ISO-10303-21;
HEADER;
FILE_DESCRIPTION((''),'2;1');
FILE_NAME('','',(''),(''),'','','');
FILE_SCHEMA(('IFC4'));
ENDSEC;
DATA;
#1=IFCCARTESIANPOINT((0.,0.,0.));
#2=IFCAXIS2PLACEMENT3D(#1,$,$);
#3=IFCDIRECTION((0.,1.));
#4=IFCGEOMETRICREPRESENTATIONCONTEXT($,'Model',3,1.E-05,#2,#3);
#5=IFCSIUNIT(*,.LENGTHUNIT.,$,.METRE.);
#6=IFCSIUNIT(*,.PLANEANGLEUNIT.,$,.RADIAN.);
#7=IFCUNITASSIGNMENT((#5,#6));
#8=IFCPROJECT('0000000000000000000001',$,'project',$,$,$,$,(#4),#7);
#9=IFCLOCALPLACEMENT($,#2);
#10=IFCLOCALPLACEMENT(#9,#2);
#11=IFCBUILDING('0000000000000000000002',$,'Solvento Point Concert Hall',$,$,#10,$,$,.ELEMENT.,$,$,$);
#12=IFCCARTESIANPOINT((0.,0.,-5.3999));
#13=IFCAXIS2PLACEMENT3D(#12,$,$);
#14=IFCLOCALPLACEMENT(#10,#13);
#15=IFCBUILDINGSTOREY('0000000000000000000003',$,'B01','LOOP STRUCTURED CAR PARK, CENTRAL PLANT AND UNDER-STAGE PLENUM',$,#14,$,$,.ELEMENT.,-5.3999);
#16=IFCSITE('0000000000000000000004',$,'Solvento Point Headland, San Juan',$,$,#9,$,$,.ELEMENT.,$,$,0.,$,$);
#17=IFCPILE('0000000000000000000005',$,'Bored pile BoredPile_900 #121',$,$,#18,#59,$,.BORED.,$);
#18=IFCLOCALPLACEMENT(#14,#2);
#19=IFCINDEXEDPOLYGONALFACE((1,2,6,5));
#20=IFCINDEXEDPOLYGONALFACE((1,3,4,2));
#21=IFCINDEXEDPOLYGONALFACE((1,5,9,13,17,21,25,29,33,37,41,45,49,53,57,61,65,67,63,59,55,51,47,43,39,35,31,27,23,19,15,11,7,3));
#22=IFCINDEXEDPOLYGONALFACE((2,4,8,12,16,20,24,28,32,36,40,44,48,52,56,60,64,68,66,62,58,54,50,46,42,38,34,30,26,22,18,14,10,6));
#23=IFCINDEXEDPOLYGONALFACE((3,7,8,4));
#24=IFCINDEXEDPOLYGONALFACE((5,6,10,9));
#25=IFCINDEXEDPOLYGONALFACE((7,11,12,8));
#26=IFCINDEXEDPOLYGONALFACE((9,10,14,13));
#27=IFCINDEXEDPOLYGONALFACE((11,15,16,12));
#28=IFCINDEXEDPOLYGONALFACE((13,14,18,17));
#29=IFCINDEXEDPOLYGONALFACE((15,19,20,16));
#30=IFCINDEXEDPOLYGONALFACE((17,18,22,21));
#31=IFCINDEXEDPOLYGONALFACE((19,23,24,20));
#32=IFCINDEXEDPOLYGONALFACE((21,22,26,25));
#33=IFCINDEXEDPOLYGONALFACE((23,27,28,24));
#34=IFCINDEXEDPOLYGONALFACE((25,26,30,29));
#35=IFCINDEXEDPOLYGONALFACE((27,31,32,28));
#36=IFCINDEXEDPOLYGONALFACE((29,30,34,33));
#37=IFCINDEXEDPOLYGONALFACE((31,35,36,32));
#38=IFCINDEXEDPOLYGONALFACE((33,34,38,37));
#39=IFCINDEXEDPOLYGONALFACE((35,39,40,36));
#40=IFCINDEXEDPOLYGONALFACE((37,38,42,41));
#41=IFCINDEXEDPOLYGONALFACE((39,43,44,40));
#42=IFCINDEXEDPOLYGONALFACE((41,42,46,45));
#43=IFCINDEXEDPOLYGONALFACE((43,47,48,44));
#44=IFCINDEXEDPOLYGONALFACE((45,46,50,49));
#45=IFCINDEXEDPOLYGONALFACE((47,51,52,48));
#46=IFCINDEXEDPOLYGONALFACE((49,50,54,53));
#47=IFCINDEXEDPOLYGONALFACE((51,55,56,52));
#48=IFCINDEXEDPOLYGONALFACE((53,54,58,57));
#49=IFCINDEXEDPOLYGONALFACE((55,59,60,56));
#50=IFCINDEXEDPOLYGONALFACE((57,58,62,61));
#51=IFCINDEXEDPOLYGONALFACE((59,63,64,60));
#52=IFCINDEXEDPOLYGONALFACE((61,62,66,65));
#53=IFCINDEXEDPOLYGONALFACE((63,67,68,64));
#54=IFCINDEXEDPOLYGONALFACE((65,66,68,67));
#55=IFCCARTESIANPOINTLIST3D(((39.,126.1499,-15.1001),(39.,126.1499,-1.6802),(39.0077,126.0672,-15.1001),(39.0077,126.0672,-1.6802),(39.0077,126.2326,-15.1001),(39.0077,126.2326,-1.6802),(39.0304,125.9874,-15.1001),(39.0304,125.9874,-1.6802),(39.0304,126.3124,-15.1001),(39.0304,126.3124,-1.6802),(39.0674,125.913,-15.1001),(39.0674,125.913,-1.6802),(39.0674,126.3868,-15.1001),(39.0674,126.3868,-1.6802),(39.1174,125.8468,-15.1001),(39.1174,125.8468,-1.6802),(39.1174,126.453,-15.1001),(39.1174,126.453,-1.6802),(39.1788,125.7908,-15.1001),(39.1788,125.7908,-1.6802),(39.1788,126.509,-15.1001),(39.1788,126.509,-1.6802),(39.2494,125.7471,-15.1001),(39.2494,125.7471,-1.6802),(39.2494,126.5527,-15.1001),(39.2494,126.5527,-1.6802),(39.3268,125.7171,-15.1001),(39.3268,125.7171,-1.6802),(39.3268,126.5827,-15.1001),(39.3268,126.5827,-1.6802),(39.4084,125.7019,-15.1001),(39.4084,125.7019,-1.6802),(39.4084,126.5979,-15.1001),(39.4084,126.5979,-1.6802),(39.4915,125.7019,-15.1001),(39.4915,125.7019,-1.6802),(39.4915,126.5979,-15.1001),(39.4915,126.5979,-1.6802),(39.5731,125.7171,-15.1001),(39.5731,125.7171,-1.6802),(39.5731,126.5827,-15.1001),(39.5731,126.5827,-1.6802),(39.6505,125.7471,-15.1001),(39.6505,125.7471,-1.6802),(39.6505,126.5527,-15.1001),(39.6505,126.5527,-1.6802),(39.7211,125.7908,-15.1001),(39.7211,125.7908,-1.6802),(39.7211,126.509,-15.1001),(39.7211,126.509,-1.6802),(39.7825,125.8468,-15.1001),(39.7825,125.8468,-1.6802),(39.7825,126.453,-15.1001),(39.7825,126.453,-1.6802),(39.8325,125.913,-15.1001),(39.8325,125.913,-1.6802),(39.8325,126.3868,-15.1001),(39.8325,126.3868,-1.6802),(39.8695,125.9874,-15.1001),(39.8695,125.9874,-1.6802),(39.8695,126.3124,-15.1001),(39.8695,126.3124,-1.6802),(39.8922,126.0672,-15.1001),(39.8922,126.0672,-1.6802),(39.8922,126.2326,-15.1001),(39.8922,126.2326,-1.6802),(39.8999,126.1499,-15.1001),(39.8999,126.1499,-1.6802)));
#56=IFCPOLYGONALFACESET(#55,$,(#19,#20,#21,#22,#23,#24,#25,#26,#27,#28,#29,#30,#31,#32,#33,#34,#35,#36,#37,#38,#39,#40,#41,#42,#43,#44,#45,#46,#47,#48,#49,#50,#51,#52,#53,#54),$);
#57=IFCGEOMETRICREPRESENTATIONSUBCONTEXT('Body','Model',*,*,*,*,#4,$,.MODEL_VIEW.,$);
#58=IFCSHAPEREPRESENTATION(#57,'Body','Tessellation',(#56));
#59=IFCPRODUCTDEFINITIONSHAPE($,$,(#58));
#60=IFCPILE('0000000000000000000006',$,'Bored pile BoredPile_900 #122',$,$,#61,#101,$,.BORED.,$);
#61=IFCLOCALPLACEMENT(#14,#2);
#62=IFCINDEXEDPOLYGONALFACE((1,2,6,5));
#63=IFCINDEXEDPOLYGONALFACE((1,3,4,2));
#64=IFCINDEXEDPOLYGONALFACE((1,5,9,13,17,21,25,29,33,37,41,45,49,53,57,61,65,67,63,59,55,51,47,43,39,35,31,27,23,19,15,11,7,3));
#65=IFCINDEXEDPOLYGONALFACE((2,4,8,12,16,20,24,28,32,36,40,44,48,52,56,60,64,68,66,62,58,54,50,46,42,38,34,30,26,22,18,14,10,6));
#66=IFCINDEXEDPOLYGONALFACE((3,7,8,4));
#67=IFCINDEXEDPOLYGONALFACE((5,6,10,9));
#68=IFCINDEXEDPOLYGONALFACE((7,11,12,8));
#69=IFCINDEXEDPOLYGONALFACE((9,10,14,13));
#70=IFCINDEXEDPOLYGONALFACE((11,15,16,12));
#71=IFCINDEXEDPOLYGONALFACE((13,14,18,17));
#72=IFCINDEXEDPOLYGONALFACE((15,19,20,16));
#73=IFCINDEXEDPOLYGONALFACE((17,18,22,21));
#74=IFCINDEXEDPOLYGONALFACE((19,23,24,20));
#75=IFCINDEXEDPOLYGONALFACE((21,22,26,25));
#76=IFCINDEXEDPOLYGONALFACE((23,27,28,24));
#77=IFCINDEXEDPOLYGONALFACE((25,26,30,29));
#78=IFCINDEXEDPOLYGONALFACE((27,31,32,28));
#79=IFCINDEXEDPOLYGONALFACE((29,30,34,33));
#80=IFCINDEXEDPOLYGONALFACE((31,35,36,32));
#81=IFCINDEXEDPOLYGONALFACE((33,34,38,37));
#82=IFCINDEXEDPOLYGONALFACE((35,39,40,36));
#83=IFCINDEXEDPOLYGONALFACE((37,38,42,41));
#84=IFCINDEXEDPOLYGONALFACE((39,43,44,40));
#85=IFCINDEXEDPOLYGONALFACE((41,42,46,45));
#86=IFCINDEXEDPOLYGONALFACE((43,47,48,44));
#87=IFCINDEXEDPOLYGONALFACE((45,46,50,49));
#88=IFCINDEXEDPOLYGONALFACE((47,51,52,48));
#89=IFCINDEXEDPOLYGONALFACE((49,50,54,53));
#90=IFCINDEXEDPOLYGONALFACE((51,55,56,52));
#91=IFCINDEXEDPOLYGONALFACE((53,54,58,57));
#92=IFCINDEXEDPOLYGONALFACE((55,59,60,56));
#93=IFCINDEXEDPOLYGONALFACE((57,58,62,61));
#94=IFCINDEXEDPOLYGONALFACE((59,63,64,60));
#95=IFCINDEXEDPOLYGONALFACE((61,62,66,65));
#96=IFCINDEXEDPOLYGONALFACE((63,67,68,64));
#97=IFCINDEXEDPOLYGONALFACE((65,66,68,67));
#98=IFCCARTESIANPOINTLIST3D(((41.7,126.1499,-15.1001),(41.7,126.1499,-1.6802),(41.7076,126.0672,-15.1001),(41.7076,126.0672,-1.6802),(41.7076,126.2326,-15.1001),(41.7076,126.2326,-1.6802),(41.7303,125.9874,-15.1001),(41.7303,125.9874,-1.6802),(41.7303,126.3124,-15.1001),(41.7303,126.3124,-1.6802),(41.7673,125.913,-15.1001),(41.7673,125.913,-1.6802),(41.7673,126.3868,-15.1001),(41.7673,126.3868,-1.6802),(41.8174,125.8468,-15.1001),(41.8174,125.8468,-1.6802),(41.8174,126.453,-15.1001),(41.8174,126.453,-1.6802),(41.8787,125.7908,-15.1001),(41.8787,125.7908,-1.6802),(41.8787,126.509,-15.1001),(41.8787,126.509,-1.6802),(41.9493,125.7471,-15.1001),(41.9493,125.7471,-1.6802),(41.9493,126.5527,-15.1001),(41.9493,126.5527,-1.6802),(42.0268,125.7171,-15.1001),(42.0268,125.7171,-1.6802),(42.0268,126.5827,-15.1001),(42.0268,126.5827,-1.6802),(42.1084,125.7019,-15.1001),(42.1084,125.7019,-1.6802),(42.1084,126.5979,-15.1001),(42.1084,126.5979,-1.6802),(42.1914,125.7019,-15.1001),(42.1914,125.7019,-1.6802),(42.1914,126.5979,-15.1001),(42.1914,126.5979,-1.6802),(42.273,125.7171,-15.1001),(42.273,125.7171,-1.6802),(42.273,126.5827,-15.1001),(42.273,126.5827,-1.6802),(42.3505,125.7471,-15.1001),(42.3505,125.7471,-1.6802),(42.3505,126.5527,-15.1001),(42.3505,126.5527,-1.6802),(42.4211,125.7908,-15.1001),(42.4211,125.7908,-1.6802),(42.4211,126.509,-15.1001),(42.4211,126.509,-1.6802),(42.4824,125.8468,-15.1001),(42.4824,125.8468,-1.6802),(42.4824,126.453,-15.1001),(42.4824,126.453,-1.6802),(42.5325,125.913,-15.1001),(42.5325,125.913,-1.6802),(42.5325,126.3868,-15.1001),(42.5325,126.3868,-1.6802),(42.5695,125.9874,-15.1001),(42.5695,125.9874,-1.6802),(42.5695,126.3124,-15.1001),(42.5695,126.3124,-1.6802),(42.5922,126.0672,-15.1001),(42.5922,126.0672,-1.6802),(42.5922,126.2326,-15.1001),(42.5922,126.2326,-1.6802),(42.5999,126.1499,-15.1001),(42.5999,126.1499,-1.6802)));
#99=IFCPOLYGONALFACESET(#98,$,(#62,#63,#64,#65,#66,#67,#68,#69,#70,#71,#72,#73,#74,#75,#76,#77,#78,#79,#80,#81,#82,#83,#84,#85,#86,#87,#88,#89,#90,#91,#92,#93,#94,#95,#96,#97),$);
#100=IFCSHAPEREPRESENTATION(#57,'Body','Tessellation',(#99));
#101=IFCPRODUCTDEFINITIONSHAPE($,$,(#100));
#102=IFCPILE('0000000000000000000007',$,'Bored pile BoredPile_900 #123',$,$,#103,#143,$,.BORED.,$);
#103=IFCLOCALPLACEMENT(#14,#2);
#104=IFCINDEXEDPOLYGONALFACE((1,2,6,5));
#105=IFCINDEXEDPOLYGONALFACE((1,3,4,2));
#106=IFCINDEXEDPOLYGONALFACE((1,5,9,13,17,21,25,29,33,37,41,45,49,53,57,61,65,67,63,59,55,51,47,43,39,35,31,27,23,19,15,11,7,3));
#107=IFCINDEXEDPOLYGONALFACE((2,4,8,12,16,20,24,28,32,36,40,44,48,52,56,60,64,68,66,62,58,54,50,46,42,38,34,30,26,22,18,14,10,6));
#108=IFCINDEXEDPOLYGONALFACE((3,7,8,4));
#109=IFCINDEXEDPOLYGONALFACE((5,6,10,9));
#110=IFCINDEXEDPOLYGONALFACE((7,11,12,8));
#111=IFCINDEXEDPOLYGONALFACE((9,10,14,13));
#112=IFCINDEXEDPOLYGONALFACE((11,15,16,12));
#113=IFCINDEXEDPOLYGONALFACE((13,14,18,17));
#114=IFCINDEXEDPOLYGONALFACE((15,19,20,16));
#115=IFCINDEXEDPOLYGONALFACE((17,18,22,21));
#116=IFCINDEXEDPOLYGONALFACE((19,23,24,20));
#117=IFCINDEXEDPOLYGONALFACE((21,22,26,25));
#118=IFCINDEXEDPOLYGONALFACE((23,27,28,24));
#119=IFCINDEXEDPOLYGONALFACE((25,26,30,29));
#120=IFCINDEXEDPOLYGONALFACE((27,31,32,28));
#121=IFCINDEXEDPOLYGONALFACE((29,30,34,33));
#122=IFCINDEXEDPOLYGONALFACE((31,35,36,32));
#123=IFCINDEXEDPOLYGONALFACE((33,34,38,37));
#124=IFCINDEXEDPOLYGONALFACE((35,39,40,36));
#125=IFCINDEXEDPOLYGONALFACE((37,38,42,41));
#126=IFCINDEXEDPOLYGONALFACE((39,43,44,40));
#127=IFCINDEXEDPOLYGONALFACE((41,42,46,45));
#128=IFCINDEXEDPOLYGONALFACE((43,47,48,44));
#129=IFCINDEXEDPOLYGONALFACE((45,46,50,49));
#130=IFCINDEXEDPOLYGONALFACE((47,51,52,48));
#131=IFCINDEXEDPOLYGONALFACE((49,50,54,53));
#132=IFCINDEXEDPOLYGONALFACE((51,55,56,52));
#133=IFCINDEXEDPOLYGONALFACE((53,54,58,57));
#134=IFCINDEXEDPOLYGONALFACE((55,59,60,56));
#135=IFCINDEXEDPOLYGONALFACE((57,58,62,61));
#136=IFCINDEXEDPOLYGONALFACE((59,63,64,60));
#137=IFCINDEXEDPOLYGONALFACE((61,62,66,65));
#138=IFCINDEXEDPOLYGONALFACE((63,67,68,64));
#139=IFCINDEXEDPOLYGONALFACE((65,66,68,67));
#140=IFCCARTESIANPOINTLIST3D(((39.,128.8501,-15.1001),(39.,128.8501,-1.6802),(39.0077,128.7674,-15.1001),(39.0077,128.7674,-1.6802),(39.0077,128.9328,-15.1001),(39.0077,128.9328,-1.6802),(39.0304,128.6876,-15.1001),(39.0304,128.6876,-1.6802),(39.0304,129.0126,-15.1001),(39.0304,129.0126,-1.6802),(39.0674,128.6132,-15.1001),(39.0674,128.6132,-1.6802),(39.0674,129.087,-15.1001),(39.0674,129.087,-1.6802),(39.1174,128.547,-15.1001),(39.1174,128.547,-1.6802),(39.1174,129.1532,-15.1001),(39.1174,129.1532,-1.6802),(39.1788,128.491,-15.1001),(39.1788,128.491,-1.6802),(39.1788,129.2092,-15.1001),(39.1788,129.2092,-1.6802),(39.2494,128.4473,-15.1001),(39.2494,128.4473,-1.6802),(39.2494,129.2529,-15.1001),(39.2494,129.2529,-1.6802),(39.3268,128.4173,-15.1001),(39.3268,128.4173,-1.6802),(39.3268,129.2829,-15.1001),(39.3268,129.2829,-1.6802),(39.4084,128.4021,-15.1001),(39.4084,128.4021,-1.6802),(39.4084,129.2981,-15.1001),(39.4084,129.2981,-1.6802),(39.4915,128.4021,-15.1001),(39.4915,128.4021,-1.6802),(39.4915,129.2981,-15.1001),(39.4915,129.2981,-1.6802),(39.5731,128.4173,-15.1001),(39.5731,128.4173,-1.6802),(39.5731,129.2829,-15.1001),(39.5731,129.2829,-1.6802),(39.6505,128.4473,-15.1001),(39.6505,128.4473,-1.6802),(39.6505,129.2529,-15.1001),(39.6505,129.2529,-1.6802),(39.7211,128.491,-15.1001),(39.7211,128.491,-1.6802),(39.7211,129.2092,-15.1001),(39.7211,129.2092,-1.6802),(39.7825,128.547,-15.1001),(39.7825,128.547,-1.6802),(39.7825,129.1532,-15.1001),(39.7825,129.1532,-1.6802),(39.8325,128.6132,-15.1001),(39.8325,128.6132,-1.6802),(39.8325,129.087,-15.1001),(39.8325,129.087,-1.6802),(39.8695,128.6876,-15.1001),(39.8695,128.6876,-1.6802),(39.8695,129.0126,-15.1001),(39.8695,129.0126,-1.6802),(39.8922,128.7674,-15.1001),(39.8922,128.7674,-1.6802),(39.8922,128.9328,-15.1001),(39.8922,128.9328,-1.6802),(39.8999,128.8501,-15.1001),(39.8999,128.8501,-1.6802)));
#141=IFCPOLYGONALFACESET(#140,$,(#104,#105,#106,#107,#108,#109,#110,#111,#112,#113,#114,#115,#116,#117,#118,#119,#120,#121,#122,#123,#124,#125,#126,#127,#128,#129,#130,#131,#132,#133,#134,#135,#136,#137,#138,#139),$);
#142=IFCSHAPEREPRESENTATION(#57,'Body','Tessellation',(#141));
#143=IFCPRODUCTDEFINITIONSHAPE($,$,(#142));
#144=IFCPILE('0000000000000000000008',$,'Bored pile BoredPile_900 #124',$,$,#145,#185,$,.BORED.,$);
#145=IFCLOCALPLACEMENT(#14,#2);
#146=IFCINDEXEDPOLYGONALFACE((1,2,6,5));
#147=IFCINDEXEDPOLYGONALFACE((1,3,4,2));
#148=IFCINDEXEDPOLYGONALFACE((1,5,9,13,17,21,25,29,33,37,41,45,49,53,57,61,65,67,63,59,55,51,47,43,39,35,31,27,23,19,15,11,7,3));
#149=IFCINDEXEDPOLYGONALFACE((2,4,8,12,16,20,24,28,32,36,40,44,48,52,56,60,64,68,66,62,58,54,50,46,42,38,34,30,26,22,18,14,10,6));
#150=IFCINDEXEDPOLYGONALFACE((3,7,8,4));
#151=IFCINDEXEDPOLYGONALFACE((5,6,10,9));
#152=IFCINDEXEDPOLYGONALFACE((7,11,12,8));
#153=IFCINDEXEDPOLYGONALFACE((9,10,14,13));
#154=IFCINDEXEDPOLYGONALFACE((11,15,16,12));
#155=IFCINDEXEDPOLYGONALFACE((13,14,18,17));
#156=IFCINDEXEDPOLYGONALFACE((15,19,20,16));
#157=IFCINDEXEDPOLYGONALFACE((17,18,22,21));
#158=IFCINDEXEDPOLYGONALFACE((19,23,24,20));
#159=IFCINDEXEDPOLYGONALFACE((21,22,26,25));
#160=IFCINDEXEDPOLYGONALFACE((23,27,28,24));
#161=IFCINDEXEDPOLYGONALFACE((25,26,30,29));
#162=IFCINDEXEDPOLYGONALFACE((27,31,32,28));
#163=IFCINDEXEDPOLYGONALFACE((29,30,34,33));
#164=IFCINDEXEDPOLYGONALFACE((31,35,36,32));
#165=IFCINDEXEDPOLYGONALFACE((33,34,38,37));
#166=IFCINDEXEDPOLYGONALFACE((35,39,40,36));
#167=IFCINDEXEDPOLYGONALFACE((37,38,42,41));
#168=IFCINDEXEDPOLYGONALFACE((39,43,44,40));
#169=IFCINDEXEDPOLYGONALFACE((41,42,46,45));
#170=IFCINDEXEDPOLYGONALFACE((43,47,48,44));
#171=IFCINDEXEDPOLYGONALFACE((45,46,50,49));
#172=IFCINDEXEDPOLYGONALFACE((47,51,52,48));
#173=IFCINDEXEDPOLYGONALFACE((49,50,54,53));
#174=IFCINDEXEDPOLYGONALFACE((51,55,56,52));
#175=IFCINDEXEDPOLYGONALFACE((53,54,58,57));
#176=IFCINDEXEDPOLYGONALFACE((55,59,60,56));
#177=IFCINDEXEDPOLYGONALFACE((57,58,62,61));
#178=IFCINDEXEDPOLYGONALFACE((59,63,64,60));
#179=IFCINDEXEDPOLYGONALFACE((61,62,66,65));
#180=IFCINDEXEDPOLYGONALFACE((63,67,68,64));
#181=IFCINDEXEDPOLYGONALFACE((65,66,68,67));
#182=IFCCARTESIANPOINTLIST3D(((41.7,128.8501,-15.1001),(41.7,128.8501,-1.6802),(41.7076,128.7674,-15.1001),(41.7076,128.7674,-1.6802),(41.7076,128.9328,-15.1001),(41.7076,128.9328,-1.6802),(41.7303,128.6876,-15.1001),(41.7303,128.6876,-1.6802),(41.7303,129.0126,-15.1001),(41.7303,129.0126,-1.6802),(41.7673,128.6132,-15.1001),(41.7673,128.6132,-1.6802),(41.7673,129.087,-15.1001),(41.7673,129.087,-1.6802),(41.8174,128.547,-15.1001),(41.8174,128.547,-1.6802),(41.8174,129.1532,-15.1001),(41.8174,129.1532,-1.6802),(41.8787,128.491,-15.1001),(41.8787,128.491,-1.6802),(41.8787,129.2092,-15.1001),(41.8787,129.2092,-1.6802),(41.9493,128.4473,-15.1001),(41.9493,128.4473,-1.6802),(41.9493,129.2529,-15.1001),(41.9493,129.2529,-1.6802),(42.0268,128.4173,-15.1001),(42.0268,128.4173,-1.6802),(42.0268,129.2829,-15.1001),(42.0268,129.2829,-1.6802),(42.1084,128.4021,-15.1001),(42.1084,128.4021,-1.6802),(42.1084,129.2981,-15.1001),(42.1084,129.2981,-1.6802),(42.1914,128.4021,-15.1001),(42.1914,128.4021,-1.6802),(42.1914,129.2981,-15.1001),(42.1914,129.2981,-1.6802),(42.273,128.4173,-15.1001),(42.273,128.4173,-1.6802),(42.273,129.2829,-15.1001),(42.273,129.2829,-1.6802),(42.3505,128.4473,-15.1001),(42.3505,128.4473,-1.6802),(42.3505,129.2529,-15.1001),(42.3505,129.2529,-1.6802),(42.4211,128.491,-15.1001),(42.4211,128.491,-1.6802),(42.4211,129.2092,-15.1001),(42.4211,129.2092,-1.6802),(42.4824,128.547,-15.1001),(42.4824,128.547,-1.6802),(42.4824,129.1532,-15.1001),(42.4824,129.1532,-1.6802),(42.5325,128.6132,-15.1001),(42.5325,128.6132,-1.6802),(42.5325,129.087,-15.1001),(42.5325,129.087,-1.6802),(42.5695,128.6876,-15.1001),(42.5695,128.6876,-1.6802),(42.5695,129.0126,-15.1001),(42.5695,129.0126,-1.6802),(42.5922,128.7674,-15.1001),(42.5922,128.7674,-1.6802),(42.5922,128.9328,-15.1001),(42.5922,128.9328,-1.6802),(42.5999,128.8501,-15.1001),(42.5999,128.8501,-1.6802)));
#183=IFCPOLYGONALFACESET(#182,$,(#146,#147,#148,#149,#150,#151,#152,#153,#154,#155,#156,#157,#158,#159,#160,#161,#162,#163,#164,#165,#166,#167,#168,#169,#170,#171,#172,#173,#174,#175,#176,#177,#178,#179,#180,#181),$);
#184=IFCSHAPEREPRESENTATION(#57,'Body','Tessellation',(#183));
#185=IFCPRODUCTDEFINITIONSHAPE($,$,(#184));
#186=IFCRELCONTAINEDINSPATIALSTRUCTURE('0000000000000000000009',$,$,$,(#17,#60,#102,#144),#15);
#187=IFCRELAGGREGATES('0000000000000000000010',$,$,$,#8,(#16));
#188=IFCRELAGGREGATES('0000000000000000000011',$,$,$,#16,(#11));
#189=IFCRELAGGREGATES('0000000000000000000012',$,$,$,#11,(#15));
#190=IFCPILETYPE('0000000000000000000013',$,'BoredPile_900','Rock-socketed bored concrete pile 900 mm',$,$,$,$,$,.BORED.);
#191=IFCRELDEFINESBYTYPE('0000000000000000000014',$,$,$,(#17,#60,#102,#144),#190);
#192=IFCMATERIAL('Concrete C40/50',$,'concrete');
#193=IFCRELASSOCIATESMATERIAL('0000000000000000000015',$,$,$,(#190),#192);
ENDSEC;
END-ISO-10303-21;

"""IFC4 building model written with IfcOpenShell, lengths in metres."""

from ifc_helpers import new_model, si_unit, direction, frame, origin, origin_2d, place, context, subcontext, project, spatial, circle, extrude, material, material_profile, profile_set, type_object, element, save


model = new_model("IFC4")

# Units and contexts
model_context = context("Model", 3, precision=1e-05, world=origin(), true_north=direction((0.0, 1.0)))
body_context = subcontext(model_context, "Body", "Model", "MODEL_VIEW")
ifc_project = project(units=[si_unit("LENGTHUNIT", "METRE"), si_unit("PLANEANGLEUNIT", "RADIAN")], contexts=[model_context])

# Site, building, storey
site_placement = place(None, origin())
site = spatial("IfcSite", under=ifc_project, at=site_placement, Name="Solvento Point Headland, San Juan", CompositionType="ELEMENT", RefElevation=0.0)
building_placement = place(site_placement, origin())
building = spatial("IfcBuilding", under=site, at=building_placement, Name="Solvento Point Concert Hall", CompositionType="ELEMENT")
storey_placement = place(building_placement, frame((0.0, 0.0, -5.3999)))
storey = spatial("IfcBuildingStorey", under=building, at=storey_placement, Name="B01", Description="LOOP STRUCTURED CAR PARK, CENTRAL PLANT AND UNDER-STAGE PLENUM", CompositionType="ELEMENT", Elevation=-5.3999)

# Piles
ifc_material_1 = material(Name="Concrete C40/50", Category="concrete")
ifc_material_profile_1 = material_profile(ifc_material_1, circle(Radius=0.45, at=origin_2d()), Name="BP-900")
ifc_profile_set_1 = profile_set([ifc_material_profile_1], Name="Concrete C40/50")
pile_type_1 = type_object("IfcPileType", Name="BoredPile_900", Description="Rock-socketed bored concrete pile 900 mm", PredefinedType="BORED", material=ifc_profile_set_1)
for number, where, z_axis, x_axis, name in (
    (1, (39.45, 126.1499, -1.6802), (0.0, 0.0, -1.0), (1.0, 0.0, 0.0), "Bored pile BoredPile_900 #121"),
    (2, (42.1499, 126.1499, -1.6802), (0.0, 0.0, -1.0), (1.0, 0.0, 0.0), "Bored pile BoredPile_900 #122"),
    (3, (39.45, 128.8501, -1.6802), (0.0, 0.0, -1.0), (1.0, 0.0, 0.0), "Bored pile BoredPile_900 #123"),
    (4, (42.1499, 128.8501, -1.6802), (0.0, 0.0, -1.0), (1.0, 0.0, 0.0), "Bored pile BoredPile_900 #124"),
):
    element("IfcPile", number, at=place(storey_placement, frame(where, z_axis=z_axis, x_axis=x_axis)), inside=storey, type_object=pile_type_1, Name=name, PredefinedType="BORED", context=body_context, shape_type="SweptSolid", body=[
        extrude(circle(Radius=0.45, at=origin_2d()), origin(), (0.0, 0.0, 1.0), 13.4199),
    ])

save(model, "model.ifc")
